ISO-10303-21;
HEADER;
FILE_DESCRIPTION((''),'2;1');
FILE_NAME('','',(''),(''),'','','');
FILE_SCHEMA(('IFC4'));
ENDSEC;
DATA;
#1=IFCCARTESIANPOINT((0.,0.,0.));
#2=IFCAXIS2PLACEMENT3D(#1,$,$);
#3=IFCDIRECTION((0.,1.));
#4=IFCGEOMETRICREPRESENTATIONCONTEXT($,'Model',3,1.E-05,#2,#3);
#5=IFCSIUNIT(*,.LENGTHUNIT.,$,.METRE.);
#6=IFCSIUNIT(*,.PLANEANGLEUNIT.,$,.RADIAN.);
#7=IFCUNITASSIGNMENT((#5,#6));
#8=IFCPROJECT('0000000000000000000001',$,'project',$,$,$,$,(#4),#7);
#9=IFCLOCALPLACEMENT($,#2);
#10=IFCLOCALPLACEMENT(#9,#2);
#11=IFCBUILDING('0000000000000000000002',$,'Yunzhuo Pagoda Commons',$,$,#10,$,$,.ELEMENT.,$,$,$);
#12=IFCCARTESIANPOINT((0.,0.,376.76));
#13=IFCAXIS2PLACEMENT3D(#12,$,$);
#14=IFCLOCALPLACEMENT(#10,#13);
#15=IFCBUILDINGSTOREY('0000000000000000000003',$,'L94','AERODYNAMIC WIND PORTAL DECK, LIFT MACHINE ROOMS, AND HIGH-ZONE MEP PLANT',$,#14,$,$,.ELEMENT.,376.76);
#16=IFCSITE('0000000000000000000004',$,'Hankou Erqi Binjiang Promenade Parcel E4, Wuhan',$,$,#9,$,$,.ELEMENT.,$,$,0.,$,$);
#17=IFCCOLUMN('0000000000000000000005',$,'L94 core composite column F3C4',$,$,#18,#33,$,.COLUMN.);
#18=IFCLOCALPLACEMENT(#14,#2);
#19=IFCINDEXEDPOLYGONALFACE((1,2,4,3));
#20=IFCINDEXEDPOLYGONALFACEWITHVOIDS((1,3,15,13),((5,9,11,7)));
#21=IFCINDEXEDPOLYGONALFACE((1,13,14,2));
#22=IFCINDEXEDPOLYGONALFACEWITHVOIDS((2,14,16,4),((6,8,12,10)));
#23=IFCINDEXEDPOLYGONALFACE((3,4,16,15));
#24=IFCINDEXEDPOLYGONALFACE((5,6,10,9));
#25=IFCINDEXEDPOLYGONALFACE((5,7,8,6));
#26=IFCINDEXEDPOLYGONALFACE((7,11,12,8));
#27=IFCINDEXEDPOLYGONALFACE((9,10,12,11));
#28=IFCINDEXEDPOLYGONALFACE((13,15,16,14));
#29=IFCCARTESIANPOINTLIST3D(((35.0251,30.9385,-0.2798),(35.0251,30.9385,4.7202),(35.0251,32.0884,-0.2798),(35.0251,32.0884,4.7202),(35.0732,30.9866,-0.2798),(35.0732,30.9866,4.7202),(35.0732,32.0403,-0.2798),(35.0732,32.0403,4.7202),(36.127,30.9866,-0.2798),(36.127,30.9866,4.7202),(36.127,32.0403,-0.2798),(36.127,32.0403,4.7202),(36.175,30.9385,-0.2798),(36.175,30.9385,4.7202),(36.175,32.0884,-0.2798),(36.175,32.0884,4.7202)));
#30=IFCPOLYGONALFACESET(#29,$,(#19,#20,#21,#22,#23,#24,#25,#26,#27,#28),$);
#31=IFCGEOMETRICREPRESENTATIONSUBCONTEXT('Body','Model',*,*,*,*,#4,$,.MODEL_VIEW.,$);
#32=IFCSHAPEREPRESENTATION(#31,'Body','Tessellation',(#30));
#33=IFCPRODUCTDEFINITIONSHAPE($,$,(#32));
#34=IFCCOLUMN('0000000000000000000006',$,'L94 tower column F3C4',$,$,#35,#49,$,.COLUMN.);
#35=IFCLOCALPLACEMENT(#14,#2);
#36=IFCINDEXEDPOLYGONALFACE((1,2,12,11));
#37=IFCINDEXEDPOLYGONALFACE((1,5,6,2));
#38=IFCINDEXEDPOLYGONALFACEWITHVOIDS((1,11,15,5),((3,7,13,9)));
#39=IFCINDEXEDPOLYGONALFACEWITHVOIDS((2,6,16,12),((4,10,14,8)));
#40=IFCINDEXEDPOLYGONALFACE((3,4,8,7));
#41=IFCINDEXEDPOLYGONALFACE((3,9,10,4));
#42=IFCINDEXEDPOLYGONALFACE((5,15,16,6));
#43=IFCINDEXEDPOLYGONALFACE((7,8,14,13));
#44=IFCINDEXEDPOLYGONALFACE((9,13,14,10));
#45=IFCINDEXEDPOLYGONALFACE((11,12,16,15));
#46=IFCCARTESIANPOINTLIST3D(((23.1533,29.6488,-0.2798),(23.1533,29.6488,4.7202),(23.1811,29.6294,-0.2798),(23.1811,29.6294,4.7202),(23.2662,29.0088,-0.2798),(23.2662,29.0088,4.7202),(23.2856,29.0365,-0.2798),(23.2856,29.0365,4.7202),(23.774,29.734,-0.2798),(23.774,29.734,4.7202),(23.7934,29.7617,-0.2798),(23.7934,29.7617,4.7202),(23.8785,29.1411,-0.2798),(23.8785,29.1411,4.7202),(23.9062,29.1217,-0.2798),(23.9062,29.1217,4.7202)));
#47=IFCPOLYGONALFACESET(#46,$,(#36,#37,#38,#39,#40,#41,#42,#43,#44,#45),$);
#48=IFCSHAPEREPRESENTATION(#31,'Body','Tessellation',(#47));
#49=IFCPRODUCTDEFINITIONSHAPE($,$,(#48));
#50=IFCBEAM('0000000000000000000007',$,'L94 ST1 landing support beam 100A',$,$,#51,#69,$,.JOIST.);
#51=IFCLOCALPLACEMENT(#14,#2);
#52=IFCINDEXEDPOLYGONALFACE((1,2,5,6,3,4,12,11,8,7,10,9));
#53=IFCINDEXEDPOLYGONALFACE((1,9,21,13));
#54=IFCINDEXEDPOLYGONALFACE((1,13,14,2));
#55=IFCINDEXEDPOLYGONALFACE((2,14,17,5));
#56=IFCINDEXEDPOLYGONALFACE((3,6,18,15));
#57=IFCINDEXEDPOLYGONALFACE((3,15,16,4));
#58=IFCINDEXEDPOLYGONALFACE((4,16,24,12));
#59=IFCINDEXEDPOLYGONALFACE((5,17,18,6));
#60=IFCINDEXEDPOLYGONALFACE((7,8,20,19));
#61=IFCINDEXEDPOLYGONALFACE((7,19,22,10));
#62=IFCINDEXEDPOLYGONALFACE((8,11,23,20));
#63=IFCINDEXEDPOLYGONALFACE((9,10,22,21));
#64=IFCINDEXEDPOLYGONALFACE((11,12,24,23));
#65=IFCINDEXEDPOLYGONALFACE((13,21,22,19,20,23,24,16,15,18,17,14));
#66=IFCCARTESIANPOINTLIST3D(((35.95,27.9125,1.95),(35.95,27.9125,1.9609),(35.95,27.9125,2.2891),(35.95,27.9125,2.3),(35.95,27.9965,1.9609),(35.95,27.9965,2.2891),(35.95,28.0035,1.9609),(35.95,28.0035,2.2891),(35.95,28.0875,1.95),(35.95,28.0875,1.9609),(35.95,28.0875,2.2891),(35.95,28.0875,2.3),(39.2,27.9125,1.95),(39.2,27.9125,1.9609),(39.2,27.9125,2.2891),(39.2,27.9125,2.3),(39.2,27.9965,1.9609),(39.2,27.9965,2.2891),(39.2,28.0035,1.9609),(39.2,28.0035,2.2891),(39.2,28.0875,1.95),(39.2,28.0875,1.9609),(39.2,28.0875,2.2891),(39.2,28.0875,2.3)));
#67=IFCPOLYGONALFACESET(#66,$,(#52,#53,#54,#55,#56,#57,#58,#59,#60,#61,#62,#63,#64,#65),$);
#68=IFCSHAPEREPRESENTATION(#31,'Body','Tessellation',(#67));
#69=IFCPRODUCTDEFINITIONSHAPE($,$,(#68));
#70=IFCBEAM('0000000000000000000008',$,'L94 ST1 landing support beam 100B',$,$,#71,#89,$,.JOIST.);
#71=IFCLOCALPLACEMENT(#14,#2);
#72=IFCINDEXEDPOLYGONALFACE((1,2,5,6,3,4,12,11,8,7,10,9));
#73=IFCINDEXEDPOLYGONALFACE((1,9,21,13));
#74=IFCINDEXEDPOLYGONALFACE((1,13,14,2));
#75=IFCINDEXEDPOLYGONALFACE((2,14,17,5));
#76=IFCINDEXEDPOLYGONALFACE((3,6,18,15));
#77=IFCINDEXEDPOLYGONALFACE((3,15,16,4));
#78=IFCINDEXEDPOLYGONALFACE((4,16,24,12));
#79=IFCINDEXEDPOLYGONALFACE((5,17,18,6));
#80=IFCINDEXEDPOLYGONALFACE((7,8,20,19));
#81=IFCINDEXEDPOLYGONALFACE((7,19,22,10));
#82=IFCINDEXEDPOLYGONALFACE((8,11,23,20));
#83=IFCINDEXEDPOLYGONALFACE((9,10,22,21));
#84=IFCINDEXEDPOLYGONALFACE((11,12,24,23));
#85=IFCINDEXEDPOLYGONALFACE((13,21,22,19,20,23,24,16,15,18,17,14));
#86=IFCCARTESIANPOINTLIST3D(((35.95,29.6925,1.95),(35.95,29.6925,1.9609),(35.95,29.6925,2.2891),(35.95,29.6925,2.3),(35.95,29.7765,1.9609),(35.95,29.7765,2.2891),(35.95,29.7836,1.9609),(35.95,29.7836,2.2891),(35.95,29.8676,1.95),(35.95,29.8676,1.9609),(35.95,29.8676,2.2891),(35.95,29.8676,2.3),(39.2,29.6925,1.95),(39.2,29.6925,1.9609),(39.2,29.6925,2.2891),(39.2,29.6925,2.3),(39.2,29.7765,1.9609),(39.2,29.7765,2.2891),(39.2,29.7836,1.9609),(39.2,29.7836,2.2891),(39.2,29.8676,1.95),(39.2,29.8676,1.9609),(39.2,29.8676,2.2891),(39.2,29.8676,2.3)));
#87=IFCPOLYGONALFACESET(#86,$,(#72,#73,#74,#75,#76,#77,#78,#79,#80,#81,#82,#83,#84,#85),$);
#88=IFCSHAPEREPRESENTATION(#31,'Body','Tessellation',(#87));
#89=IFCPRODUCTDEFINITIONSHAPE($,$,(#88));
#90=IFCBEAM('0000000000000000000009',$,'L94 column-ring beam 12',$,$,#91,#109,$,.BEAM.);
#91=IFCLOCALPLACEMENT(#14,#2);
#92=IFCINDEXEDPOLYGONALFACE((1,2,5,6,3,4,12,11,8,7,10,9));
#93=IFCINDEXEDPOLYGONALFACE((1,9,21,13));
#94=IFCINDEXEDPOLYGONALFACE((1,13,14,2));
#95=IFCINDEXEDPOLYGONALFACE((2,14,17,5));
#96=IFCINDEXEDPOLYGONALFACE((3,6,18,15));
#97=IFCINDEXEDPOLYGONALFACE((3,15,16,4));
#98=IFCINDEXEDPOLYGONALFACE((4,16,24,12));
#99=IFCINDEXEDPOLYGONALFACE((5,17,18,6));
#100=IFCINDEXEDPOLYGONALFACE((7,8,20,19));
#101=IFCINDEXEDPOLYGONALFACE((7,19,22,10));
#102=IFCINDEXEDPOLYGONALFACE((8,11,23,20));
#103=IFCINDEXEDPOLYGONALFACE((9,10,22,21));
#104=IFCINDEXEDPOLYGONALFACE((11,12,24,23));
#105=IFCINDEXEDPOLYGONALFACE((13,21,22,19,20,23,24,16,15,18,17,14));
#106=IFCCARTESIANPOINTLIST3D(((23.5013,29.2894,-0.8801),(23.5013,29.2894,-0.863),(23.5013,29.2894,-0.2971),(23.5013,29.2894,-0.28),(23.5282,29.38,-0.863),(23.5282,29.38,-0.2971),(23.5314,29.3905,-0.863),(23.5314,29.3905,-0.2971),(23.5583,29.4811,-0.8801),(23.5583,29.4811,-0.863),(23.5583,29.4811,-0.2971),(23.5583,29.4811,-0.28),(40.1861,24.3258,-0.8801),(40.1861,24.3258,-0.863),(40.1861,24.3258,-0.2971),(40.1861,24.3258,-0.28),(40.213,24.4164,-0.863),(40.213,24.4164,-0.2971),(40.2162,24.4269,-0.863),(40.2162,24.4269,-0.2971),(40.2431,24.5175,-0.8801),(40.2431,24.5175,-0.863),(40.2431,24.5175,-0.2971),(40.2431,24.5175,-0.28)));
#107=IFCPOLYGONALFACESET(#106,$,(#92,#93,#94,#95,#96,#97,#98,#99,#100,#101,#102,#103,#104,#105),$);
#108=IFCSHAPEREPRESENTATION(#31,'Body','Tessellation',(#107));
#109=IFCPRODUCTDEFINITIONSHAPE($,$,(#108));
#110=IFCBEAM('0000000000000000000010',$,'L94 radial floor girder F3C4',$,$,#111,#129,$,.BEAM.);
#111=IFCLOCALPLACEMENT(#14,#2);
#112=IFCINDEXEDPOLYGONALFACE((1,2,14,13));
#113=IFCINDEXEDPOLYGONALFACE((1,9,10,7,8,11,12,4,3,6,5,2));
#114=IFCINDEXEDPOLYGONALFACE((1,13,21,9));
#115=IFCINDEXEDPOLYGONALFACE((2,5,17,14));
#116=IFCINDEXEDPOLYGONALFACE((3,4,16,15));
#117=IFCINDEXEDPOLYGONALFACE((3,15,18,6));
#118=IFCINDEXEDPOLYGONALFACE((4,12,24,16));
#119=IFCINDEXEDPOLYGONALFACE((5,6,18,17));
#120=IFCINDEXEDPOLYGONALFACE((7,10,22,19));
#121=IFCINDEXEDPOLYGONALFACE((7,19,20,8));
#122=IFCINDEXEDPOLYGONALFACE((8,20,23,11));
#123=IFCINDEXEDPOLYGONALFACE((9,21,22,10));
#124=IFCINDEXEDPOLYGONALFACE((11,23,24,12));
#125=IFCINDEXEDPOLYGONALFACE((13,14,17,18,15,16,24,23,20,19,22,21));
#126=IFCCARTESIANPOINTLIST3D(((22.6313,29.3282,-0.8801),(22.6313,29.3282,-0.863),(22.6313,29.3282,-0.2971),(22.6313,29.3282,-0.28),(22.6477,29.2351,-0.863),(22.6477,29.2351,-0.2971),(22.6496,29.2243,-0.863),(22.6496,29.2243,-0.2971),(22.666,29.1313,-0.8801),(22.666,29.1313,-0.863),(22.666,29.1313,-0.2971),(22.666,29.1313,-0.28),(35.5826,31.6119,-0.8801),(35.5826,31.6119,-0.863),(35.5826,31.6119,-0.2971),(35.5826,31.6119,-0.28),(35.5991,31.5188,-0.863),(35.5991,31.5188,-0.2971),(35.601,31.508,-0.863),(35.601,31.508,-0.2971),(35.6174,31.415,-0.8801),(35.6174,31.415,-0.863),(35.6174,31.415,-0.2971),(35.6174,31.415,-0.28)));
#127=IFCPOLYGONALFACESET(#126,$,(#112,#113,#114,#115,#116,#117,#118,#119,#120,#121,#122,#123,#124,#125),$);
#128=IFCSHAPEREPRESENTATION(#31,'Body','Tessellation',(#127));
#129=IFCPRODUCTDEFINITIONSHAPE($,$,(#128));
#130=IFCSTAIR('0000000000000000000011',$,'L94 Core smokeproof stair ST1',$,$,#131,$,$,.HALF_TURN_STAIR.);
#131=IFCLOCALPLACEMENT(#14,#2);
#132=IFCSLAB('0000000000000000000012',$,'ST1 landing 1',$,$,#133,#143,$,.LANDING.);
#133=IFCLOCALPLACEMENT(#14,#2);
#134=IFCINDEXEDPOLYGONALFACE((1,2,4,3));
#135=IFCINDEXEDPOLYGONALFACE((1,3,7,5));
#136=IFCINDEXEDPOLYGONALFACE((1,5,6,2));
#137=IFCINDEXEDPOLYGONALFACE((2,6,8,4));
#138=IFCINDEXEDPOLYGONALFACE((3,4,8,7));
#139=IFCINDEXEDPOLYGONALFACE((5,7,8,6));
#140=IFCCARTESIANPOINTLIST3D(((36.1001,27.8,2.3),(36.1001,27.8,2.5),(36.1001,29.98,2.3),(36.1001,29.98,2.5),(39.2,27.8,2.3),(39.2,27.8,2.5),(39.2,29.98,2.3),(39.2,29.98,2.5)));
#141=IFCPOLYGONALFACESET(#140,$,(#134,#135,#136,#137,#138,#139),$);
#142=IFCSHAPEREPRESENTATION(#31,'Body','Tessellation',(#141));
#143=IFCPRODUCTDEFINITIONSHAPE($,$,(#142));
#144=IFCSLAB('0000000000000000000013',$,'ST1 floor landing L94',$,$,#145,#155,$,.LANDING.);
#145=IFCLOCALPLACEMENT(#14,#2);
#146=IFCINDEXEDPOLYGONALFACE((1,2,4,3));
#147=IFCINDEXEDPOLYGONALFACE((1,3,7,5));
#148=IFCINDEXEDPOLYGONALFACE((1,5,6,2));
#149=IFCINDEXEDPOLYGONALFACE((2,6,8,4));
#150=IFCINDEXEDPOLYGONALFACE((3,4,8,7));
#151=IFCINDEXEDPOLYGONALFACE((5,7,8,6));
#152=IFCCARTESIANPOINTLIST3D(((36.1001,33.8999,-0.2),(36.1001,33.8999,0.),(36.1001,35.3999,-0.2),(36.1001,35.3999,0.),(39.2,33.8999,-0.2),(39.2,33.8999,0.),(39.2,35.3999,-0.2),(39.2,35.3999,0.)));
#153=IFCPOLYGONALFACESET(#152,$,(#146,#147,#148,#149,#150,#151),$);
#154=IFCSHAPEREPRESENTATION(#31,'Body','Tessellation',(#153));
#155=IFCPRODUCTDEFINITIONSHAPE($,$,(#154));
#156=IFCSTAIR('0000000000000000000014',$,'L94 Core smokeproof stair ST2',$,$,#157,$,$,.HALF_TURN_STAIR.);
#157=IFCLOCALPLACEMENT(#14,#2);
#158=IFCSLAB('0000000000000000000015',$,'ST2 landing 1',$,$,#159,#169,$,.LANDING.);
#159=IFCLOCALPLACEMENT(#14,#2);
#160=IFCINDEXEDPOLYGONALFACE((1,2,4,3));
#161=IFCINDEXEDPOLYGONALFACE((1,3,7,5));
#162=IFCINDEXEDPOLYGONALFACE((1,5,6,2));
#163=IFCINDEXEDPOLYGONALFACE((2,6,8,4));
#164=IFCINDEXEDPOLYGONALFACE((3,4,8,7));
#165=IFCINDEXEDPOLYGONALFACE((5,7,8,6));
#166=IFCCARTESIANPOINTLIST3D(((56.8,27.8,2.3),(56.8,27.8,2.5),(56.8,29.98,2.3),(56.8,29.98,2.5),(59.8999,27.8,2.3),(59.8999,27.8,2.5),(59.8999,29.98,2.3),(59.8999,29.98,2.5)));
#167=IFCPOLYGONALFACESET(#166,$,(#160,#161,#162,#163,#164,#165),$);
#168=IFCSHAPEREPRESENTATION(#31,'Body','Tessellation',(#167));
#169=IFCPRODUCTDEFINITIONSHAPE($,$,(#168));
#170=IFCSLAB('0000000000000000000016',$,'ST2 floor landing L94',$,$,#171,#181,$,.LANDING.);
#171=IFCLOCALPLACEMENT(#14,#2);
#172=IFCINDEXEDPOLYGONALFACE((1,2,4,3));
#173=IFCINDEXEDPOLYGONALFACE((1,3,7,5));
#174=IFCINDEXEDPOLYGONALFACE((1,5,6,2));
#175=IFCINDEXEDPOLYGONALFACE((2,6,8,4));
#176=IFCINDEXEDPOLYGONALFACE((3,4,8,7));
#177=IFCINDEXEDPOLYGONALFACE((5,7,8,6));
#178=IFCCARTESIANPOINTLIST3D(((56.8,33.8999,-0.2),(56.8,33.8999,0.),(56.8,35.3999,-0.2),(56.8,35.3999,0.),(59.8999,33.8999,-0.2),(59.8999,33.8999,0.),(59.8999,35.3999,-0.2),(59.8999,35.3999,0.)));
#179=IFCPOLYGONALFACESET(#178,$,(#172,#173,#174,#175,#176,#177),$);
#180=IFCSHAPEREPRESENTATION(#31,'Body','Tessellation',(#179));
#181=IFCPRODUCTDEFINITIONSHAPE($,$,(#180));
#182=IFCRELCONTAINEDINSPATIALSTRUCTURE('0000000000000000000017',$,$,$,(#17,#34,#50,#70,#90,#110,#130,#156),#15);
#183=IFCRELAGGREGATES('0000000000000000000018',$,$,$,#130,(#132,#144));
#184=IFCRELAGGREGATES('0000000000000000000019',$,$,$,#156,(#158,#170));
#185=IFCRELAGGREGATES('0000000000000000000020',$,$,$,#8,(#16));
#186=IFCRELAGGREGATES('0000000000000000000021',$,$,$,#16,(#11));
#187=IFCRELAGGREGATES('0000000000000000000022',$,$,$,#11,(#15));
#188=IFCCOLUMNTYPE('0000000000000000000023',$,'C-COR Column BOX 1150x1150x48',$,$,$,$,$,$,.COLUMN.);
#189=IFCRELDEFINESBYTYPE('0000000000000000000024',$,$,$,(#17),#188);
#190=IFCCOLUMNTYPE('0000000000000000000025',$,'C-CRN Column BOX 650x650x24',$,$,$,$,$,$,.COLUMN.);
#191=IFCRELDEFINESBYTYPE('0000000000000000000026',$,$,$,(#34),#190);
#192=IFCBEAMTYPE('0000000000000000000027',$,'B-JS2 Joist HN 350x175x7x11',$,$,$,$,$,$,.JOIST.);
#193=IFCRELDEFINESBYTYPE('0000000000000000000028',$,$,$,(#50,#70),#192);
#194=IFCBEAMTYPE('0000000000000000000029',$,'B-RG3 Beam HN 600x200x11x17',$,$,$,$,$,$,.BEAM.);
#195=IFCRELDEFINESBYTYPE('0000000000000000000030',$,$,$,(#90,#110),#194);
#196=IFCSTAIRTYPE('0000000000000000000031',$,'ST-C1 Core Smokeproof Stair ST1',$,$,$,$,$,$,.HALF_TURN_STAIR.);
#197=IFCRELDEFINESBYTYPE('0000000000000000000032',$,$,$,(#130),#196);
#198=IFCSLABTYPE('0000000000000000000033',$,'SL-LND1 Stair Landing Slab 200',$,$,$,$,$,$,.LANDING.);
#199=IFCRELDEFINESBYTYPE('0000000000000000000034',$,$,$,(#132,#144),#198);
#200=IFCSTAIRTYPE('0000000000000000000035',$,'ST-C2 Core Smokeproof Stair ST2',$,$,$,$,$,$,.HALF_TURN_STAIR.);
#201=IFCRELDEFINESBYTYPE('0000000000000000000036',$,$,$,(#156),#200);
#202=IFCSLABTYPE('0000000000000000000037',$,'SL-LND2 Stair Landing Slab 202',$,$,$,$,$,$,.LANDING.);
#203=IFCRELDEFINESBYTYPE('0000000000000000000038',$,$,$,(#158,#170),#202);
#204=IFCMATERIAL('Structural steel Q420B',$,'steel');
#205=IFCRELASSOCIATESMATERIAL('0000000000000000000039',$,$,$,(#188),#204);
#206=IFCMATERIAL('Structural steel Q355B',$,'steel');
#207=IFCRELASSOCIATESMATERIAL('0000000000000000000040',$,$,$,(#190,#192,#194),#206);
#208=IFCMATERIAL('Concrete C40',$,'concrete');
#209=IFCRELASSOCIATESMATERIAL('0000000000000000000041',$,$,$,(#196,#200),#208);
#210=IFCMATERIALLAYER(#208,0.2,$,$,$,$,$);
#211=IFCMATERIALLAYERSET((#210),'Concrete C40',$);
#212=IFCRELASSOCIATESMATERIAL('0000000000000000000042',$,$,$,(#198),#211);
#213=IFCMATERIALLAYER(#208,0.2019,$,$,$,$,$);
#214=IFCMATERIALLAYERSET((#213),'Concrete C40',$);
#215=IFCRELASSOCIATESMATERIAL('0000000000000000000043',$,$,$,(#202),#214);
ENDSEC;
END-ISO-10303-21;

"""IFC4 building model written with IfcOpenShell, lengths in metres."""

from ifc_helpers import new_model, si_unit, direction, frame, origin, origin_2d, place, context, subcontext, project, spatial, polyline, hollow_rectangle, i_section, outline, extrude, source, transform, mapped, material, layer, layer_set, material_profile, profile_set, type_object, element, aggregate, save


model = new_model("IFC4")

# Units and contexts
model_context = context("Model", 3, precision=1e-05, world=origin(), true_north=direction((0.0, 1.0)))
body_context = subcontext(model_context, "Body", "Model", "MODEL_VIEW")
ifc_project = project(units=[si_unit("LENGTHUNIT", "METRE"), si_unit("PLANEANGLEUNIT", "RADIAN")], contexts=[model_context])

# Site, building, storey
site_placement = place(None, origin())
site = spatial("IfcSite", under=ifc_project, at=site_placement, Name="Hankou Erqi Binjiang Promenade Parcel E4, Wuhan", CompositionType="ELEMENT", RefElevation=0.0)
building_placement = place(site_placement, origin())
building = spatial("IfcBuilding", under=site, at=building_placement, Name="Yunzhuo Pagoda Commons", CompositionType="ELEMENT")
storey_placement = place(building_placement, frame((0.0, 0.0, 376.76)))
storey = spatial("IfcBuildingStorey", under=building, at=storey_placement, Name="L94", Description="AERODYNAMIC WIND PORTAL DECK, LIFT MACHINE ROOMS, AND HIGH-ZONE MEP PLANT", CompositionType="ELEMENT", Elevation=376.76)

# Columns
ifc_material_1 = material(Name="Structural steel Q420B", Category="steel")
ifc_material_profile_1 = material_profile(ifc_material_1, hollow_rectangle(XDim=1.1499, YDim=1.1499, WallThickness=0.0481, at=origin_2d()), Name="Structural steel Q420B")
ifc_profile_set_1 = profile_set([ifc_material_profile_1], Name="Structural steel Q420B")
column_type_1 = type_object("IfcColumnType", Name="C-COR Column BOX 1150x1150x48", PredefinedType="COLUMN", material=ifc_profile_set_1)
shared_shape_1 = source(origin(), body_context, "Body", "SweptSolid", [
    extrude(hollow_rectangle(XDim=1.1499, YDim=1.1499, WallThickness=0.0481, at=origin_2d()), origin(), (0.0, 0.0, 1.0), 5.0),
])
column_1_placement = place(storey_placement, frame((35.6001, 31.5134, -0.2798), z_axis=(0.0, 0.0, 1.0), x_axis=(1.0, 0.0, 0.0)))
element("IfcColumn", 1, at=column_1_placement, inside=storey, type_object=column_type_1, Name="L94 core composite column F3C4", PredefinedType="COLUMN", context=body_context, shape_type="MappedRepresentation", body=[
    mapped(shared_shape_1, transform((0.0, 0.0, 0.0), scale=1.0)),
])
ifc_material_2 = material(Name="Structural steel Q355B", Category="steel")
ifc_material_profile_2 = material_profile(ifc_material_2, hollow_rectangle(XDim=0.6499, YDim=0.6499, WallThickness=0.0239, at=origin_2d()), Name="Structural steel Q355B")
ifc_profile_set_2 = profile_set([ifc_material_profile_2], Name="Structural steel Q355B")
column_type_2 = type_object("IfcColumnType", Name="C-CRN Column BOX 650x650x24", PredefinedType="COLUMN", material=ifc_profile_set_2)
shared_shape_2 = source(origin(), body_context, "Body", "SweptSolid", [
    extrude(hollow_rectangle(XDim=0.6499, YDim=0.6499, WallThickness=0.0239, at=origin_2d()), origin(), (0.0, 0.0, 1.0), 5.0),
])
column_2_placement = place(storey_placement, frame((23.5298, 29.3853, -0.2798), z_axis=(0.0, 0.0, 1.0), x_axis=(0.173648, -0.984808, 0.0)))
element("IfcColumn", 2, at=column_2_placement, inside=storey, type_object=column_type_2, Name="L94 tower column F3C4", PredefinedType="COLUMN", context=body_context, shape_type="MappedRepresentation", body=[
    mapped(shared_shape_2, transform((0.0, 0.0, 0.0), scale=1.0)),
])

# Beams
ifc_material_profile_3 = material_profile(ifc_material_2, i_section(OverallWidth=0.175, OverallDepth=0.3501, WebThickness=0.0071, FlangeThickness=0.011, at=origin_2d()), Name="Structural steel Q355B")
ifc_profile_set_3 = profile_set([ifc_material_profile_3], Name="Structural steel Q355B")
beam_type_1 = type_object("IfcBeamType", Name="B-JS2 Joist HN 350x175x7x11", PredefinedType="JOIST", material=ifc_profile_set_3)
shared_shape_3 = source(origin(), body_context, "Body", "SweptSolid", [
    extrude(i_section(OverallWidth=0.175, OverallDepth=0.3501, WebThickness=0.0071, FlangeThickness=0.011, at=origin_2d()), origin(), (0.0, 0.0, 1.0), 3.25),
])
for number, where, z_axis, x_axis, name in (
    (3, (35.95, 28.0, 2.125), (1.0, 0.0, 0.0), (0.0, 1.0, 0.0), "L94 ST1 landing support beam 100A"),
    (4, (35.95, 29.78, 2.125), (1.0, 0.0, 0.0), (0.0, 1.0, 0.0), "L94 ST1 landing support beam 100B"),
):
    element("IfcBeam", number, at=place(storey_placement, frame(where, z_axis=z_axis, x_axis=x_axis)), inside=storey, type_object=beam_type_1, Name=name, PredefinedType="JOIST", context=body_context, shape_type="MappedRepresentation", body=[
        mapped(shared_shape_3, transform((0.0, 0.0, 0.0), scale=1.0)),
    ])
ifc_material_profile_4 = material_profile(ifc_material_2, i_section(OverallWidth=0.2, OverallDepth=0.6001, WebThickness=0.011, FlangeThickness=0.0171, at=origin_2d()), Name="Structural steel Q355B")
ifc_profile_set_4 = profile_set([ifc_material_profile_4], Name="Structural steel Q355B")
beam_type_2 = type_object("IfcBeamType", Name="B-RG3 Beam HN 600x200x11x17", PredefinedType="BEAM", material=ifc_profile_set_4)
shared_shape_4 = source(origin(), body_context, "Body", "SweptSolid", [
    extrude(i_section(OverallWidth=0.2, OverallDepth=0.6001, WebThickness=0.011, FlangeThickness=0.0171, at=origin_2d()), origin(), (0.0, 0.0, 1.0), 17.4075),
])
beam_1_placement = place(storey_placement, frame((23.5298, 29.3853, -0.5801), z_axis=(0.958485, -0.285143, 0.0), x_axis=(0.285143, 0.958485, 0.0)))
element("IfcBeam", 5, at=beam_1_placement, inside=storey, type_object=beam_type_2, Name="L94 column-ring beam 12", PredefinedType="BEAM", context=body_context, shape_type="MappedRepresentation", body=[
    mapped(shared_shape_4, transform((0.0, 0.0, 0.0), scale=1.0)),
])
shared_shape_5 = source(origin(), body_context, "Body", "SweptSolid", [
    extrude(i_section(OverallWidth=0.2, OverallDepth=0.6001, WebThickness=0.011, FlangeThickness=0.0171, at=origin_2d()), origin(), (0.0, 0.0, 1.0), 13.1511),
])
beam_2_placement = place(storey_placement, frame((22.6487, 29.2297, -0.5801), z_axis=(0.984808, 0.173649, 0.0), x_axis=(-0.173649, 0.984808, 0.0)))
element("IfcBeam", 6, at=beam_2_placement, inside=storey, type_object=beam_type_2, Name="L94 radial floor girder F3C4", PredefinedType="BEAM", context=body_context, shape_type="MappedRepresentation", body=[
    mapped(shared_shape_5, transform((0.0, 0.0, 0.0), scale=1.0)),
])

# Stairs, slabs
ifc_material_3 = material(Name="Concrete C40", Category="concrete")
stair_type_1 = type_object("IfcStairType", Name="ST-C1 Core Smokeproof Stair ST1", PredefinedType="HALF_TURN_STAIR", material=ifc_material_3)
stair_1_placement = place(storey_placement, origin())
stair_1 = element("IfcStair", 7, at=stair_1_placement, inside=storey, type_object=stair_type_1, Name="L94 Core smokeproof stair ST1", PredefinedType="HALF_TURN_STAIR")
ifc_layer_1 = layer(ifc_material_3, 0.2)
ifc_layer_set_1 = layer_set([ifc_layer_1], Name="Concrete C40")
slab_type_1 = type_object("IfcSlabType", Name="SL-LND1 Stair Landing Slab 200", PredefinedType="LANDING", material=ifc_layer_set_1)
slab_1_placement = place(storey_placement, frame((0.0, 0.0, 2.3)))
slab_1 = element("IfcSlab", 8, at=slab_1_placement, type_object=slab_type_1, Name="ST1 landing 1", PredefinedType="LANDING", context=body_context, shape_type="SweptSolid", body=[
    extrude(outline(polyline([(36.1001, 29.98), (36.1001, 27.8), (39.2, 27.8), (39.2, 29.98), (36.1001, 29.98)])), origin(), (0.0, 0.0, 1.0), 0.2),
])
slab_2_placement = place(storey_placement, frame((0.0, 0.0, -0.2)))
slab_2 = element("IfcSlab", 9, at=slab_2_placement, type_object=slab_type_1, Name="ST1 floor landing L94", PredefinedType="LANDING", context=body_context, shape_type="SweptSolid", body=[
    extrude(outline(polyline([(36.1001, 35.3999), (36.1001, 33.8999), (39.2, 33.8999), (39.2, 35.3999), (36.1001, 35.3999)])), origin(), (0.0, 0.0, 1.0), 0.2),
])
aggregate(stair_1, [slab_1, slab_2])
stair_type_2 = type_object("IfcStairType", Name="ST-C2 Core Smokeproof Stair ST2", PredefinedType="HALF_TURN_STAIR", material=ifc_material_3)
stair_2_placement = place(storey_placement, origin())
stair_2 = element("IfcStair", 10, at=stair_2_placement, inside=storey, type_object=stair_type_2, Name="L94 Core smokeproof stair ST2", PredefinedType="HALF_TURN_STAIR")
ifc_layer_2 = layer(ifc_material_3, 0.2019)
ifc_layer_set_2 = layer_set([ifc_layer_2], Name="Concrete C40")
slab_type_2 = type_object("IfcSlabType", Name="SL-LND2 Stair Landing Slab 202", PredefinedType="LANDING", material=ifc_layer_set_2)
slab_3_placement = place(storey_placement, frame((0.0, 0.0, 2.3)))
slab_3 = element("IfcSlab", 11, at=slab_3_placement, type_object=slab_type_2, Name="ST2 landing 1", PredefinedType="LANDING", context=body_context, shape_type="SweptSolid", body=[
    extrude(outline(polyline([(56.8, 29.98), (56.8, 27.8), (59.8999, 27.8), (59.8999, 29.98), (56.8, 29.98)])), origin(), (0.0, 0.0, 1.0), 0.2),
])
slab_4_placement = place(storey_placement, frame((0.0, 0.0, -0.2)))
slab_4 = element("IfcSlab", 12, at=slab_4_placement, type_object=slab_type_2, Name="ST2 floor landing L94", PredefinedType="LANDING", context=body_context, shape_type="SweptSolid", body=[
    extrude(outline(polyline([(56.8, 35.3999), (56.8, 33.8999), (59.8999, 33.8999), (59.8999, 35.3999), (56.8, 35.3999)])), origin(), (0.0, 0.0, 1.0), 0.2),
])
aggregate(stair_2, [slab_3, slab_4])

save(model, "model.ifc")
